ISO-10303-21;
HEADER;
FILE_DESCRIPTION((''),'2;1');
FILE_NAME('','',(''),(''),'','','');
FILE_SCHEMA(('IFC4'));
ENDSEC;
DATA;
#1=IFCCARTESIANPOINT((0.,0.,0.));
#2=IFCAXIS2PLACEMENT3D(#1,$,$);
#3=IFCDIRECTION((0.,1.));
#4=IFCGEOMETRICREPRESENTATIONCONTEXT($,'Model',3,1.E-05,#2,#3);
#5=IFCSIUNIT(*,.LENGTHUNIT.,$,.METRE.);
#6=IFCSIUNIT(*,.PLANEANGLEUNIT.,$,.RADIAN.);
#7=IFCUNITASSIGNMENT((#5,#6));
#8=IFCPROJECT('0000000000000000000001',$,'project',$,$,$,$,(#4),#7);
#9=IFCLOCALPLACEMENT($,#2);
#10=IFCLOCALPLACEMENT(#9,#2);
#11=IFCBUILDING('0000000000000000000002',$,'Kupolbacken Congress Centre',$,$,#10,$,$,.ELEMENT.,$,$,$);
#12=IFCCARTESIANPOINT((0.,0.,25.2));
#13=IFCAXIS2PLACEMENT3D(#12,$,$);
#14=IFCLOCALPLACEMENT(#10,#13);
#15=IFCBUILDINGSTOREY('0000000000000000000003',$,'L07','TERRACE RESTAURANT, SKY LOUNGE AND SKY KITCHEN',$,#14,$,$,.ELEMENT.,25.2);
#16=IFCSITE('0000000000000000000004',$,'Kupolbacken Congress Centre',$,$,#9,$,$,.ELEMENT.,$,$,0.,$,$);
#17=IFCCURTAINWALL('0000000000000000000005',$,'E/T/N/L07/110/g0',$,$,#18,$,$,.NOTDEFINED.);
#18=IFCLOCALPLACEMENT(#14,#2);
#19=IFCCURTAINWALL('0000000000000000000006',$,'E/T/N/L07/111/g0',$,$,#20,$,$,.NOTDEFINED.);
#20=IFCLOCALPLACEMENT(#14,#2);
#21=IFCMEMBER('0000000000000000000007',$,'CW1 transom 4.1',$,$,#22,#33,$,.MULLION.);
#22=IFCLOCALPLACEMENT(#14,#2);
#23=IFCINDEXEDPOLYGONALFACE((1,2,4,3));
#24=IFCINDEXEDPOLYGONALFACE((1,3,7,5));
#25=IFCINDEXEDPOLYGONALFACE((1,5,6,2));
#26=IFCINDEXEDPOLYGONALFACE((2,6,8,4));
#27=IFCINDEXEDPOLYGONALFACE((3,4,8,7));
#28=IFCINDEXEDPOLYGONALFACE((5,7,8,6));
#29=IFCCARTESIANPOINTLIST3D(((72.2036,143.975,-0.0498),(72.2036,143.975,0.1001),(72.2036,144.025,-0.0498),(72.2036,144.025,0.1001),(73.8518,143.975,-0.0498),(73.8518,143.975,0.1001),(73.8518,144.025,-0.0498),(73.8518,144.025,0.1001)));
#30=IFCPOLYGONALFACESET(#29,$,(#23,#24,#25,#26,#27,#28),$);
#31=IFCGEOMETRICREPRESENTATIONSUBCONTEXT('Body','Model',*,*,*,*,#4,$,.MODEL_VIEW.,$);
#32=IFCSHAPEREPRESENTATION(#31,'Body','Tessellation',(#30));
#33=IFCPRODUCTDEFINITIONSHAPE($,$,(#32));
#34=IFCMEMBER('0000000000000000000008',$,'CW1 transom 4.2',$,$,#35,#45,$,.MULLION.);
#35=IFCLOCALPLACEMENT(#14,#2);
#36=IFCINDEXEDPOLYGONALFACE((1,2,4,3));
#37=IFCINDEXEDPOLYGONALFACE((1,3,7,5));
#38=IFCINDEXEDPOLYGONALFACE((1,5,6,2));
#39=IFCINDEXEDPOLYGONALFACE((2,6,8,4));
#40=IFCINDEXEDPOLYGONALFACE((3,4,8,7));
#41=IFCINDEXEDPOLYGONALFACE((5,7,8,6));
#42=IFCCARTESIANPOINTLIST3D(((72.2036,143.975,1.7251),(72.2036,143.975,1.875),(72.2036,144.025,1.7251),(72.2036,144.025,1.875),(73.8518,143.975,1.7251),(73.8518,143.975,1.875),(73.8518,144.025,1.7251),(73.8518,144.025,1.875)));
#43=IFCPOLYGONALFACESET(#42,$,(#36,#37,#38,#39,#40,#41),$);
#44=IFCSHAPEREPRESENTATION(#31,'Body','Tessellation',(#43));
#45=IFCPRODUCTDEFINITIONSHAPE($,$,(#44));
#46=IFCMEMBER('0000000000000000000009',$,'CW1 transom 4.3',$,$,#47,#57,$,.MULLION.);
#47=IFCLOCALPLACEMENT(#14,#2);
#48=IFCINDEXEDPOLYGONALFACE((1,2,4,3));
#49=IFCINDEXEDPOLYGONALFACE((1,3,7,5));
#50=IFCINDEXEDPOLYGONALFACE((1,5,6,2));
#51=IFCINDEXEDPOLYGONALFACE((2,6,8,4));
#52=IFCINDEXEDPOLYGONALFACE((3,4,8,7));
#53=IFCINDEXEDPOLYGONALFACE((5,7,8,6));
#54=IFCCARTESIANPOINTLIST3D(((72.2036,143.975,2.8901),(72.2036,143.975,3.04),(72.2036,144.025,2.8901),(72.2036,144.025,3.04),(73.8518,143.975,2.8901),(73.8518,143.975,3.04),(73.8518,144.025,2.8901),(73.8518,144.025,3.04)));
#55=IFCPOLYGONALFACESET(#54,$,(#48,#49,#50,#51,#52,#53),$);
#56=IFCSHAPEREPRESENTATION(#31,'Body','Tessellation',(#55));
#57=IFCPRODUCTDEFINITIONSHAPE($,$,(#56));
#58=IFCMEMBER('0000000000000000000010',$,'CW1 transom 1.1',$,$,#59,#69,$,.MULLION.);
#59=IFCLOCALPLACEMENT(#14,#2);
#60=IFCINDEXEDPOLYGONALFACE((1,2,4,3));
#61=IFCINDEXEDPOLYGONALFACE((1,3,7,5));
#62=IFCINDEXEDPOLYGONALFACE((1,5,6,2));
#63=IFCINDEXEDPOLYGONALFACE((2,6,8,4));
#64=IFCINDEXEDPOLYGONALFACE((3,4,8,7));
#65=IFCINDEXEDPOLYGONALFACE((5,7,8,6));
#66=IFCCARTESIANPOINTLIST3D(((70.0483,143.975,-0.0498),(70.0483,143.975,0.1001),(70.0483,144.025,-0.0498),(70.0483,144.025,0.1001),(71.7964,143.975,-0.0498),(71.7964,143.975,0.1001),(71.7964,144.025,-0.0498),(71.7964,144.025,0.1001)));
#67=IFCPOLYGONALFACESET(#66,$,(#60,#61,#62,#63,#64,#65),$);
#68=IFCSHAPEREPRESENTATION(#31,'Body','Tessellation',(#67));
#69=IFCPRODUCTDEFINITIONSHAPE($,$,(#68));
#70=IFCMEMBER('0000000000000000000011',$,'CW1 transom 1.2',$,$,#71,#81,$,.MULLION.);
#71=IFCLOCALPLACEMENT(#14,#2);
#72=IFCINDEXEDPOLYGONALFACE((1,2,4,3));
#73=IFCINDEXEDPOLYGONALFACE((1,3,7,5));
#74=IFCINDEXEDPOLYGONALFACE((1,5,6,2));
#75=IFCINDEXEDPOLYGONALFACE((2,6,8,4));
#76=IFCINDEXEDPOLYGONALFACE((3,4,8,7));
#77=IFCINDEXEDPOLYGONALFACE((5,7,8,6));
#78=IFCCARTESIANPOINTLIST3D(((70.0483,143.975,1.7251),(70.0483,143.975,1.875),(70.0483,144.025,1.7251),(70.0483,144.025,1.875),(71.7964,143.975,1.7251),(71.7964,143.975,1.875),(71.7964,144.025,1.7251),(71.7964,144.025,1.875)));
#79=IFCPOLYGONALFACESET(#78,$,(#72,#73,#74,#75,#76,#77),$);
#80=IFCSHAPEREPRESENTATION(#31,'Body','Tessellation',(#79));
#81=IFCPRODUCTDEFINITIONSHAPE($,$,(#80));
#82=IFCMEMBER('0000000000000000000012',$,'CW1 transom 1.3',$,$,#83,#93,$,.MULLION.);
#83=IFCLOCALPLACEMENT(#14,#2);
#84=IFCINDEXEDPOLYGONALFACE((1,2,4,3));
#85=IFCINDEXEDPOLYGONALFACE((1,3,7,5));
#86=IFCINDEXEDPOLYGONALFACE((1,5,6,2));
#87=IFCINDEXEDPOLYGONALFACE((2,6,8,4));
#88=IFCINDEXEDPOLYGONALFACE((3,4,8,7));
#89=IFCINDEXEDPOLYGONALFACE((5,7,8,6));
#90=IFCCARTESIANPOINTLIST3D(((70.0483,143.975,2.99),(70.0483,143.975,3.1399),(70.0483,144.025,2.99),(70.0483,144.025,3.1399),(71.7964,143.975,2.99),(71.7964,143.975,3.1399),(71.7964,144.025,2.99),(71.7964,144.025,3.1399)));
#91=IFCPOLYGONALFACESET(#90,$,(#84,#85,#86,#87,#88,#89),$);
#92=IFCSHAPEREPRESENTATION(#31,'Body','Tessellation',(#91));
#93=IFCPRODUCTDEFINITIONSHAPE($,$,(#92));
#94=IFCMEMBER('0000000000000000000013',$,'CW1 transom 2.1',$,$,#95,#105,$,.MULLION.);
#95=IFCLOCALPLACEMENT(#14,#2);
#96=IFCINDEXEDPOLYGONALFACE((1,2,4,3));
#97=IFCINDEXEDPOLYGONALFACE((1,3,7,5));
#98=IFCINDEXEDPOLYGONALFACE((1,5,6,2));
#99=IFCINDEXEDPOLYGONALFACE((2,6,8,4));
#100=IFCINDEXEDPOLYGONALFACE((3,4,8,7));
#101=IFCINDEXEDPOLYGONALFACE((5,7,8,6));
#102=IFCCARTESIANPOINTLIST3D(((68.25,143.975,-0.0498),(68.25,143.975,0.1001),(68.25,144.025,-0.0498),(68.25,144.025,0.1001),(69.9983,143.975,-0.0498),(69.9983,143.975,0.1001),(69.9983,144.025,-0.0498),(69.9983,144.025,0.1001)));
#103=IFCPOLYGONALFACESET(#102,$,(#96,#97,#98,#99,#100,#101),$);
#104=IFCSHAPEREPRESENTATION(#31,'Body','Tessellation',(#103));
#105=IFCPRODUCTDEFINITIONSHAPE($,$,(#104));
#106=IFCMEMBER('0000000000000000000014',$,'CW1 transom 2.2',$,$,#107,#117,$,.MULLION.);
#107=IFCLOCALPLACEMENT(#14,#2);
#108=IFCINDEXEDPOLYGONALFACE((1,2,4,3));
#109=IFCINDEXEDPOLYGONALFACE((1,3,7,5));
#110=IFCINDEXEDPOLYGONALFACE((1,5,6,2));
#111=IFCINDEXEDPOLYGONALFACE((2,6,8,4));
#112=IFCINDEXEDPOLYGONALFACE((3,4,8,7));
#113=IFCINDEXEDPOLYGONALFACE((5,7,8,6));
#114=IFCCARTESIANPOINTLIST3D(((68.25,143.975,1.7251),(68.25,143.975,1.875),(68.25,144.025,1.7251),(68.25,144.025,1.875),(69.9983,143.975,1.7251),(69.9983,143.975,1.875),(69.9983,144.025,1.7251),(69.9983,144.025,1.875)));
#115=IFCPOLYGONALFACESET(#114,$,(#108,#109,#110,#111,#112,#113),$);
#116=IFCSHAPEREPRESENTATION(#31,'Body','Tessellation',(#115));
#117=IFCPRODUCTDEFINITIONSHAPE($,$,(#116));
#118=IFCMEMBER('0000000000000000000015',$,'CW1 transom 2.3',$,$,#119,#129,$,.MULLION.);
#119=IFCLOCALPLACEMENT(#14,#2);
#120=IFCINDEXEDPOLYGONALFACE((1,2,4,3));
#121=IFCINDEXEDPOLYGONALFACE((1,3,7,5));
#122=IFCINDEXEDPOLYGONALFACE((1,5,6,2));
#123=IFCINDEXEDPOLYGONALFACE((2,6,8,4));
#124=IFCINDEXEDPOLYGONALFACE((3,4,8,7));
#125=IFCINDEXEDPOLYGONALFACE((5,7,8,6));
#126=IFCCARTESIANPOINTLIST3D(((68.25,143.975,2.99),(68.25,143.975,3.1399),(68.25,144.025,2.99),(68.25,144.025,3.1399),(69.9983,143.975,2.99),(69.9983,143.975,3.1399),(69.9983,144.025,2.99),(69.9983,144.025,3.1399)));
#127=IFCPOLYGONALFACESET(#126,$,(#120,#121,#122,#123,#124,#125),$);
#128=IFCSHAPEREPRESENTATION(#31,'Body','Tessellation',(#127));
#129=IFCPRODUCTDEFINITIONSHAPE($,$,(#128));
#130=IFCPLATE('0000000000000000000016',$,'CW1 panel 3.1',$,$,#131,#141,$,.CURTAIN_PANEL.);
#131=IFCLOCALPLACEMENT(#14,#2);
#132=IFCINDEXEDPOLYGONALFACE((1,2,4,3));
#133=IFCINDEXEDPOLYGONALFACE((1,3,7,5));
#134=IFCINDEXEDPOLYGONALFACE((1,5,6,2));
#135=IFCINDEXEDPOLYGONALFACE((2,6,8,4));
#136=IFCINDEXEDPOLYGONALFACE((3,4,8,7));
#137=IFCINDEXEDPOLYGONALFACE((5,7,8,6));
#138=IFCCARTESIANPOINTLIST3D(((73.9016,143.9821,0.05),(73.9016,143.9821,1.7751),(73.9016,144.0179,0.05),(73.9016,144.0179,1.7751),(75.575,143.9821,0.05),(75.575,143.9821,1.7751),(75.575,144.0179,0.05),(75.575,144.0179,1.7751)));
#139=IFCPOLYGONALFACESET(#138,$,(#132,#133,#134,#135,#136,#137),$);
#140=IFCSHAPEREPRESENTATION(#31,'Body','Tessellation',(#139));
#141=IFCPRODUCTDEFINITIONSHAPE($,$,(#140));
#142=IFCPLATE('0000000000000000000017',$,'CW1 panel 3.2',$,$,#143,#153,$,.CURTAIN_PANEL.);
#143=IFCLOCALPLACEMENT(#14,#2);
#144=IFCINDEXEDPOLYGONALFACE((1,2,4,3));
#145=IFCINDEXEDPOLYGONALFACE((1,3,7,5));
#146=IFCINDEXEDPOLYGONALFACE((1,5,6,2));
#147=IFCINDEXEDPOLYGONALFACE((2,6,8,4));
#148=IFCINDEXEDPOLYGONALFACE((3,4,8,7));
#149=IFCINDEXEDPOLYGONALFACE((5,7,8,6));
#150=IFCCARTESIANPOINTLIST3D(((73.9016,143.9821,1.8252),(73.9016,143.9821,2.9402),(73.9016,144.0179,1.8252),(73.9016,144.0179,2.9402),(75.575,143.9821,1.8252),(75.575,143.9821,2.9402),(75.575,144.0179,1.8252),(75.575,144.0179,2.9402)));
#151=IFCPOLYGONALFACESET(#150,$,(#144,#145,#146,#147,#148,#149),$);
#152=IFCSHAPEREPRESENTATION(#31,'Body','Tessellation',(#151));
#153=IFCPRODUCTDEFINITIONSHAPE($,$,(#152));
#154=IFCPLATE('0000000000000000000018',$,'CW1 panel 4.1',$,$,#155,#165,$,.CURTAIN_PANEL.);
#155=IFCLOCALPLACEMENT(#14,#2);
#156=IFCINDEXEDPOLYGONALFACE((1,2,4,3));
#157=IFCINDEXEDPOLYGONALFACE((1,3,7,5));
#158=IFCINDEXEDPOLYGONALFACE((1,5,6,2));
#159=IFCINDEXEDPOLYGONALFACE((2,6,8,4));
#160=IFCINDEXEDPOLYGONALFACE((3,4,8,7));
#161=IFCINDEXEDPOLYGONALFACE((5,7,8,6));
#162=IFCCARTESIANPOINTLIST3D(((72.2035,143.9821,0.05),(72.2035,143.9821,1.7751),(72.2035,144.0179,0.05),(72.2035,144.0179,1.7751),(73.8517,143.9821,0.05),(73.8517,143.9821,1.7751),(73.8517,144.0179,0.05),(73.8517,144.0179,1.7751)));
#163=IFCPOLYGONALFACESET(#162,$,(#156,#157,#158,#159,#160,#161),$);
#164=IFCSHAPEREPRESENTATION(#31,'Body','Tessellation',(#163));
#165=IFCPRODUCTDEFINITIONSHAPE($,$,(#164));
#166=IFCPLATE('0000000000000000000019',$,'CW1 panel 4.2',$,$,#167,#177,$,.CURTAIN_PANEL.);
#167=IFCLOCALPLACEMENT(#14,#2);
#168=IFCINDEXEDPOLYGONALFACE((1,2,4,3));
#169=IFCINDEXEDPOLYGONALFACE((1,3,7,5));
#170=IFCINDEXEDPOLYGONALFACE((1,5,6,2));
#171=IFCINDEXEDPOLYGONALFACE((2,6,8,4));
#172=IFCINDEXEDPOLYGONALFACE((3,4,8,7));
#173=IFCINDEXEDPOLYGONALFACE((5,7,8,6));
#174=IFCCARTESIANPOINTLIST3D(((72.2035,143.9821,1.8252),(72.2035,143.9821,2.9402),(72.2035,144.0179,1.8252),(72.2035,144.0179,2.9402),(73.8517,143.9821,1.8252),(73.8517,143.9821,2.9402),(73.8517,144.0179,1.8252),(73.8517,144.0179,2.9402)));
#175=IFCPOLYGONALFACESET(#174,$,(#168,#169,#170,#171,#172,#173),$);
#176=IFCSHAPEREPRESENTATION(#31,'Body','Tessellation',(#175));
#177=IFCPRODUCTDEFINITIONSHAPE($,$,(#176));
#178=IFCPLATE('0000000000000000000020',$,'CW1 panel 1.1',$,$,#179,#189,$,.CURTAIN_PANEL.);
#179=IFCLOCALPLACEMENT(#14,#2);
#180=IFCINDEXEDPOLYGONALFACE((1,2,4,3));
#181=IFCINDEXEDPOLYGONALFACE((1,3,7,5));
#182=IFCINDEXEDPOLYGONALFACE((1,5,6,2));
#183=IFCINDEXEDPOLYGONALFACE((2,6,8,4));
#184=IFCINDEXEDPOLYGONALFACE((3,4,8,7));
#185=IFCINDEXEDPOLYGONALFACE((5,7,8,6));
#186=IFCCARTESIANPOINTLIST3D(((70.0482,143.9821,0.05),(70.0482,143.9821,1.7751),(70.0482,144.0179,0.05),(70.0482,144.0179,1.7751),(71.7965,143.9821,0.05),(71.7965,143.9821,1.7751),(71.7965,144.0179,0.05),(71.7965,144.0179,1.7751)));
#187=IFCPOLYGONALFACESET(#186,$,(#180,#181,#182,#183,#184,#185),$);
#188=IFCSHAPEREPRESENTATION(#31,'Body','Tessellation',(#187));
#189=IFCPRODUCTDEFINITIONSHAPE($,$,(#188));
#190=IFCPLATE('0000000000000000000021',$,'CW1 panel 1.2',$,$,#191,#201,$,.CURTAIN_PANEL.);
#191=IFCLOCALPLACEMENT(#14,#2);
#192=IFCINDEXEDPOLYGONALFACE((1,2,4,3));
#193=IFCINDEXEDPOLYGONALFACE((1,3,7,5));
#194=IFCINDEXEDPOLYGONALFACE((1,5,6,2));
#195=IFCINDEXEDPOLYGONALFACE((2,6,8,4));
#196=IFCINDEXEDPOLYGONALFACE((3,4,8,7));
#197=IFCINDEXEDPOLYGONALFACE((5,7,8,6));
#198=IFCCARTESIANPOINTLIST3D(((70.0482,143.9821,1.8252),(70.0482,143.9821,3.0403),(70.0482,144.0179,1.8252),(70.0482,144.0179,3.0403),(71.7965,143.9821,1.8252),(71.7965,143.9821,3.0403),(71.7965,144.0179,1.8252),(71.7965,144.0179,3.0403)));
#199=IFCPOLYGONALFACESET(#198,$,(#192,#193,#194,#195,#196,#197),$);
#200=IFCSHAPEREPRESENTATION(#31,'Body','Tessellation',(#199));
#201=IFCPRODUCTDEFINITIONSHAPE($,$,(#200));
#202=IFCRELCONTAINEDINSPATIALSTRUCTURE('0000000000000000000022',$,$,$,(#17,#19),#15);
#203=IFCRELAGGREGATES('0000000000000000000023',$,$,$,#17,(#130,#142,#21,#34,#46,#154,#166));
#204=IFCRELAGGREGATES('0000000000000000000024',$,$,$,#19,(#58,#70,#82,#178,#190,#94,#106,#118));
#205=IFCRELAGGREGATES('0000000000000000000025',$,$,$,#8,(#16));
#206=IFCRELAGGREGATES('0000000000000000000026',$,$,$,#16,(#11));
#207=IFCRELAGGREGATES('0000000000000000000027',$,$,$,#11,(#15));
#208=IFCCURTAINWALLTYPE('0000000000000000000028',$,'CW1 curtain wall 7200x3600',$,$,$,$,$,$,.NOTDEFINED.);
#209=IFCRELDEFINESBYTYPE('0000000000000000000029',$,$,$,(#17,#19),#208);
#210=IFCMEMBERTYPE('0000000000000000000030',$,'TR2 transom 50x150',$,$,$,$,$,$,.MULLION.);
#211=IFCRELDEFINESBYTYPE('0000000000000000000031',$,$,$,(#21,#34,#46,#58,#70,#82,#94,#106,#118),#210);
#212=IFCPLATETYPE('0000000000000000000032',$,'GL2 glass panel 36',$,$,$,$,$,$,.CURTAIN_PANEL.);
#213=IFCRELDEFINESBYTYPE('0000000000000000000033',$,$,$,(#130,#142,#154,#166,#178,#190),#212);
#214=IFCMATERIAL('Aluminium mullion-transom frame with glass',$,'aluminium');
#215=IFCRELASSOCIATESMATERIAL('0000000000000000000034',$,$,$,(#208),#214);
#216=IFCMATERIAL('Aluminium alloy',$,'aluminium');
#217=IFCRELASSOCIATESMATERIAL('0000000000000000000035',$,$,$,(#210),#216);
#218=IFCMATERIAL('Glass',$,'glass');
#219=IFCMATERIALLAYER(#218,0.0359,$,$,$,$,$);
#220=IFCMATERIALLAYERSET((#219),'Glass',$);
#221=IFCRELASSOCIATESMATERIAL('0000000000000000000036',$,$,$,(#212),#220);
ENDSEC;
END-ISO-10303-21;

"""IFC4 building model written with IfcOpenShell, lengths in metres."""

from ifc_helpers import new_model, si_unit, direction, frame, origin, origin_2d, place, context, subcontext, project, spatial, rectangle, extrude, material, layer, layer_set, material_profile, profile_set, type_object, element, aggregate, save


model = new_model("IFC4")

# Units and contexts
model_context = context("Model", 3, precision=1e-05, world=origin(), true_north=direction((0.0, 1.0)))
body_context = subcontext(model_context, "Body", "Model", "MODEL_VIEW")
ifc_project = project(units=[si_unit("LENGTHUNIT", "METRE"), si_unit("PLANEANGLEUNIT", "RADIAN")], contexts=[model_context])

# Site, building, storey
site_placement = place(None, origin())
site = spatial("IfcSite", under=ifc_project, at=site_placement, Name="Kupolbacken Congress Centre", CompositionType="ELEMENT", RefElevation=0.0)
building_placement = place(site_placement, origin())
building = spatial("IfcBuilding", under=site, at=building_placement, Name="Kupolbacken Congress Centre", CompositionType="ELEMENT")
storey_placement = place(building_placement, frame((0.0, 0.0, 25.2)))
storey = spatial("IfcBuildingStorey", under=building, at=storey_placement, Name="L07", Description="TERRACE RESTAURANT, SKY LOUNGE AND SKY KITCHEN", CompositionType="ELEMENT", Elevation=25.2)

# Curtain walls
ifc_material_1 = material(Name="Aluminium mullion-transom frame with glass", Category="aluminium")
curtain_wall_type = type_object("IfcCurtainWallType", Name="CW1 curtain wall 7200x3600", PredefinedType="NOTDEFINED", material=ifc_material_1)
curtain_wall_1_placement = place(storey_placement, origin())
curtain_wall_1 = element("IfcCurtainWall", 1, at=curtain_wall_1_placement, inside=storey, type_object=curtain_wall_type, Name="E/T/N/L07/110/g0", PredefinedType="NOTDEFINED")
curtain_wall_2_placement = place(storey_placement, origin())
curtain_wall_2 = element("IfcCurtainWall", 2, at=curtain_wall_2_placement, inside=storey, type_object=curtain_wall_type, Name="E/T/N/L07/111/g0", PredefinedType="NOTDEFINED")

# Members
ifc_material_2 = material(Name="Aluminium alloy", Category="aluminium")
ifc_material_profile_1 = material_profile(ifc_material_2, rectangle(XDim=0.05, YDim=0.1499, at=origin_2d()), Name="50 x 150")
ifc_profile_set_1 = profile_set([ifc_material_profile_1], Name="Aluminium alloy")
member_type_1 = type_object("IfcMemberType", Name="TR2 transom 50x150", PredefinedType="MULLION", material=ifc_profile_set_1)
member_1_placement = place(storey_placement, frame((73.8518, 144.0, 0.0251), z_axis=(-1.0, 0.0, 0.0), x_axis=(0.0, -1.0, 0.0)))
member_1 = element("IfcMember", 3, at=member_1_placement, type_object=member_type_1, Name="CW1 transom 4.1", PredefinedType="MULLION", context=body_context, shape_type="SweptSolid", body=[
    extrude(rectangle(XDim=0.05, YDim=0.1499, at=origin_2d()), origin(), (0.0, 0.0, 1.0), 1.6482),
])
member_2_placement = place(storey_placement, frame((73.8518, 144.0, 1.8), z_axis=(-1.0, 0.0, 0.0), x_axis=(0.0, -1.0, 0.0)))
member_2 = element("IfcMember", 4, at=member_2_placement, type_object=member_type_1, Name="CW1 transom 4.2", PredefinedType="MULLION", context=body_context, shape_type="SweptSolid", body=[
    extrude(rectangle(XDim=0.05, YDim=0.1499, at=origin_2d()), origin(), (0.0, 0.0, 1.0), 1.6482),
])
member_3_placement = place(storey_placement, frame((73.8518, 144.0, 2.9651), z_axis=(-1.0, 0.0, 0.0), x_axis=(0.0, -1.0, 0.0)))
member_3 = element("IfcMember", 5, at=member_3_placement, type_object=member_type_1, Name="CW1 transom 4.3", PredefinedType="MULLION", context=body_context, shape_type="SweptSolid", body=[
    extrude(rectangle(XDim=0.05, YDim=0.1499, at=origin_2d()), origin(), (0.0, 0.0, 1.0), 1.6482),
])
member_4_placement = place(storey_placement, frame((71.7964, 144.0, 0.0251), z_axis=(-1.0, 0.0, 0.0), x_axis=(0.0, -1.0, 0.0)))
member_4 = element("IfcMember", 6, at=member_4_placement, type_object=member_type_1, Name="CW1 transom 1.1", PredefinedType="MULLION", context=body_context, shape_type="SweptSolid", body=[
    extrude(rectangle(XDim=0.05, YDim=0.1499, at=origin_2d()), origin(), (0.0, 0.0, 1.0), 1.748),
])
member_5_placement = place(storey_placement, frame((71.7964, 144.0, 1.8), z_axis=(-1.0, 0.0, 0.0), x_axis=(0.0, -1.0, 0.0)))
member_5 = element("IfcMember", 7, at=member_5_placement, type_object=member_type_1, Name="CW1 transom 1.2", PredefinedType="MULLION", context=body_context, shape_type="SweptSolid", body=[
    extrude(rectangle(XDim=0.05, YDim=0.1499, at=origin_2d()), origin(), (0.0, 0.0, 1.0), 1.748),
])
member_6_placement = place(storey_placement, frame((71.7964, 144.0, 3.0649), z_axis=(-1.0, 0.0, 0.0), x_axis=(0.0, -1.0, 0.0)))
member_6 = element("IfcMember", 8, at=member_6_placement, type_object=member_type_1, Name="CW1 transom 1.3", PredefinedType="MULLION", context=body_context, shape_type="SweptSolid", body=[
    extrude(rectangle(XDim=0.05, YDim=0.1499, at=origin_2d()), origin(), (0.0, 0.0, 1.0), 1.748),
])
member_7_placement = place(storey_placement, frame((69.9983, 144.0, 0.0251), z_axis=(-1.0, 0.0, 0.0), x_axis=(0.0, -1.0, 0.0)))
member_7 = element("IfcMember", 9, at=member_7_placement, type_object=member_type_1, Name="CW1 transom 2.1", PredefinedType="MULLION", context=body_context, shape_type="SweptSolid", body=[
    extrude(rectangle(XDim=0.05, YDim=0.1499, at=origin_2d()), origin(), (0.0, 0.0, 1.0), 1.7483),
])
member_8_placement = place(storey_placement, frame((69.9983, 144.0, 1.8), z_axis=(-1.0, 0.0, 0.0), x_axis=(0.0, -1.0, 0.0)))
member_8 = element("IfcMember", 10, at=member_8_placement, type_object=member_type_1, Name="CW1 transom 2.2", PredefinedType="MULLION", context=body_context, shape_type="SweptSolid", body=[
    extrude(rectangle(XDim=0.05, YDim=0.1499, at=origin_2d()), origin(), (0.0, 0.0, 1.0), 1.7483),
])
member_9_placement = place(storey_placement, frame((69.9983, 144.0, 3.0649), z_axis=(-1.0, 0.0, 0.0), x_axis=(0.0, -1.0, 0.0)))
member_9 = element("IfcMember", 11, at=member_9_placement, type_object=member_type_1, Name="CW1 transom 2.3", PredefinedType="MULLION", context=body_context, shape_type="SweptSolid", body=[
    extrude(rectangle(XDim=0.05, YDim=0.1499, at=origin_2d()), origin(), (0.0, 0.0, 1.0), 1.7483),
])

# Plates
ifc_material_3 = material(Name="Glass", Category="glass")
ifc_layer_1 = layer(ifc_material_3, 0.0359)
ifc_layer_set_1 = layer_set([ifc_layer_1], Name="Glass")
plate_type = type_object("IfcPlateType", Name="GL2 glass panel 36", PredefinedType="CURTAIN_PANEL", material=ifc_layer_set_1)
plate_1_placement = place(storey_placement, frame((74.7383, 144.0, 0.05), z_axis=(0.0, 0.0, 1.0), x_axis=(-1.0, 0.0, 0.0)))
plate_1 = element("IfcPlate", 12, at=plate_1_placement, type_object=plate_type, Name="CW1 panel 3.1", PredefinedType="CURTAIN_PANEL", context=body_context, shape_type="SweptSolid", body=[
    extrude(rectangle(XDim=1.6733, YDim=0.0359, at=origin_2d()), origin(), (0.0, 0.0, 1.0), 1.7251),
])
plate_2_placement = place(storey_placement, frame((74.7383, 144.0, 1.8252), z_axis=(0.0, 0.0, 1.0), x_axis=(-1.0, 0.0, 0.0)))
plate_2 = element("IfcPlate", 13, at=plate_2_placement, type_object=plate_type, Name="CW1 panel 3.2", PredefinedType="CURTAIN_PANEL", context=body_context, shape_type="SweptSolid", body=[
    extrude(rectangle(XDim=1.6733, YDim=0.0359, at=origin_2d()), origin(), (0.0, 0.0, 1.0), 1.115),
])
plate_3_placement = place(storey_placement, frame((73.0276, 144.0, 0.05), z_axis=(0.0, 0.0, 1.0), x_axis=(-1.0, 0.0, 0.0)))
plate_3 = element("IfcPlate", 14, at=plate_3_placement, type_object=plate_type, Name="CW1 panel 4.1", PredefinedType="CURTAIN_PANEL", context=body_context, shape_type="SweptSolid", body=[
    extrude(rectangle(XDim=1.6482, YDim=0.0359, at=origin_2d()), origin(), (0.0, 0.0, 1.0), 1.7251),
])
plate_4_placement = place(storey_placement, frame((73.0276, 144.0, 1.8252), z_axis=(0.0, 0.0, 1.0), x_axis=(-1.0, 0.0, 0.0)))
plate_4 = element("IfcPlate", 15, at=plate_4_placement, type_object=plate_type, Name="CW1 panel 4.2", PredefinedType="CURTAIN_PANEL", context=body_context, shape_type="SweptSolid", body=[
    extrude(rectangle(XDim=1.6482, YDim=0.0359, at=origin_2d()), origin(), (0.0, 0.0, 1.0), 1.115),
])
aggregate(curtain_wall_1, [plate_1, plate_2, member_1, member_2, member_3, plate_3, plate_4])
plate_5_placement = place(storey_placement, frame((70.9224, 144.0, 0.05), z_axis=(0.0, 0.0, 1.0), x_axis=(-1.0, 0.0, 0.0)))
plate_5 = element("IfcPlate", 16, at=plate_5_placement, type_object=plate_type, Name="CW1 panel 1.1", PredefinedType="CURTAIN_PANEL", context=body_context, shape_type="SweptSolid", body=[
    extrude(rectangle(XDim=1.7483, YDim=0.0359, at=origin_2d()), origin(), (0.0, 0.0, 1.0), 1.7251),
])
plate_6_placement = place(storey_placement, frame((70.9224, 144.0, 1.8252), z_axis=(0.0, 0.0, 1.0), x_axis=(-1.0, 0.0, 0.0)))
plate_6 = element("IfcPlate", 17, at=plate_6_placement, type_object=plate_type, Name="CW1 panel 1.2", PredefinedType="CURTAIN_PANEL", context=body_context, shape_type="SweptSolid", body=[
    extrude(rectangle(XDim=1.7483, YDim=0.0359, at=origin_2d()), origin(), (0.0, 0.0, 1.0), 1.2151),
])
aggregate(curtain_wall_2, [member_4, member_5, member_6, plate_5, plate_6, member_7, member_8, member_9])

save(model, "model.ifc")
